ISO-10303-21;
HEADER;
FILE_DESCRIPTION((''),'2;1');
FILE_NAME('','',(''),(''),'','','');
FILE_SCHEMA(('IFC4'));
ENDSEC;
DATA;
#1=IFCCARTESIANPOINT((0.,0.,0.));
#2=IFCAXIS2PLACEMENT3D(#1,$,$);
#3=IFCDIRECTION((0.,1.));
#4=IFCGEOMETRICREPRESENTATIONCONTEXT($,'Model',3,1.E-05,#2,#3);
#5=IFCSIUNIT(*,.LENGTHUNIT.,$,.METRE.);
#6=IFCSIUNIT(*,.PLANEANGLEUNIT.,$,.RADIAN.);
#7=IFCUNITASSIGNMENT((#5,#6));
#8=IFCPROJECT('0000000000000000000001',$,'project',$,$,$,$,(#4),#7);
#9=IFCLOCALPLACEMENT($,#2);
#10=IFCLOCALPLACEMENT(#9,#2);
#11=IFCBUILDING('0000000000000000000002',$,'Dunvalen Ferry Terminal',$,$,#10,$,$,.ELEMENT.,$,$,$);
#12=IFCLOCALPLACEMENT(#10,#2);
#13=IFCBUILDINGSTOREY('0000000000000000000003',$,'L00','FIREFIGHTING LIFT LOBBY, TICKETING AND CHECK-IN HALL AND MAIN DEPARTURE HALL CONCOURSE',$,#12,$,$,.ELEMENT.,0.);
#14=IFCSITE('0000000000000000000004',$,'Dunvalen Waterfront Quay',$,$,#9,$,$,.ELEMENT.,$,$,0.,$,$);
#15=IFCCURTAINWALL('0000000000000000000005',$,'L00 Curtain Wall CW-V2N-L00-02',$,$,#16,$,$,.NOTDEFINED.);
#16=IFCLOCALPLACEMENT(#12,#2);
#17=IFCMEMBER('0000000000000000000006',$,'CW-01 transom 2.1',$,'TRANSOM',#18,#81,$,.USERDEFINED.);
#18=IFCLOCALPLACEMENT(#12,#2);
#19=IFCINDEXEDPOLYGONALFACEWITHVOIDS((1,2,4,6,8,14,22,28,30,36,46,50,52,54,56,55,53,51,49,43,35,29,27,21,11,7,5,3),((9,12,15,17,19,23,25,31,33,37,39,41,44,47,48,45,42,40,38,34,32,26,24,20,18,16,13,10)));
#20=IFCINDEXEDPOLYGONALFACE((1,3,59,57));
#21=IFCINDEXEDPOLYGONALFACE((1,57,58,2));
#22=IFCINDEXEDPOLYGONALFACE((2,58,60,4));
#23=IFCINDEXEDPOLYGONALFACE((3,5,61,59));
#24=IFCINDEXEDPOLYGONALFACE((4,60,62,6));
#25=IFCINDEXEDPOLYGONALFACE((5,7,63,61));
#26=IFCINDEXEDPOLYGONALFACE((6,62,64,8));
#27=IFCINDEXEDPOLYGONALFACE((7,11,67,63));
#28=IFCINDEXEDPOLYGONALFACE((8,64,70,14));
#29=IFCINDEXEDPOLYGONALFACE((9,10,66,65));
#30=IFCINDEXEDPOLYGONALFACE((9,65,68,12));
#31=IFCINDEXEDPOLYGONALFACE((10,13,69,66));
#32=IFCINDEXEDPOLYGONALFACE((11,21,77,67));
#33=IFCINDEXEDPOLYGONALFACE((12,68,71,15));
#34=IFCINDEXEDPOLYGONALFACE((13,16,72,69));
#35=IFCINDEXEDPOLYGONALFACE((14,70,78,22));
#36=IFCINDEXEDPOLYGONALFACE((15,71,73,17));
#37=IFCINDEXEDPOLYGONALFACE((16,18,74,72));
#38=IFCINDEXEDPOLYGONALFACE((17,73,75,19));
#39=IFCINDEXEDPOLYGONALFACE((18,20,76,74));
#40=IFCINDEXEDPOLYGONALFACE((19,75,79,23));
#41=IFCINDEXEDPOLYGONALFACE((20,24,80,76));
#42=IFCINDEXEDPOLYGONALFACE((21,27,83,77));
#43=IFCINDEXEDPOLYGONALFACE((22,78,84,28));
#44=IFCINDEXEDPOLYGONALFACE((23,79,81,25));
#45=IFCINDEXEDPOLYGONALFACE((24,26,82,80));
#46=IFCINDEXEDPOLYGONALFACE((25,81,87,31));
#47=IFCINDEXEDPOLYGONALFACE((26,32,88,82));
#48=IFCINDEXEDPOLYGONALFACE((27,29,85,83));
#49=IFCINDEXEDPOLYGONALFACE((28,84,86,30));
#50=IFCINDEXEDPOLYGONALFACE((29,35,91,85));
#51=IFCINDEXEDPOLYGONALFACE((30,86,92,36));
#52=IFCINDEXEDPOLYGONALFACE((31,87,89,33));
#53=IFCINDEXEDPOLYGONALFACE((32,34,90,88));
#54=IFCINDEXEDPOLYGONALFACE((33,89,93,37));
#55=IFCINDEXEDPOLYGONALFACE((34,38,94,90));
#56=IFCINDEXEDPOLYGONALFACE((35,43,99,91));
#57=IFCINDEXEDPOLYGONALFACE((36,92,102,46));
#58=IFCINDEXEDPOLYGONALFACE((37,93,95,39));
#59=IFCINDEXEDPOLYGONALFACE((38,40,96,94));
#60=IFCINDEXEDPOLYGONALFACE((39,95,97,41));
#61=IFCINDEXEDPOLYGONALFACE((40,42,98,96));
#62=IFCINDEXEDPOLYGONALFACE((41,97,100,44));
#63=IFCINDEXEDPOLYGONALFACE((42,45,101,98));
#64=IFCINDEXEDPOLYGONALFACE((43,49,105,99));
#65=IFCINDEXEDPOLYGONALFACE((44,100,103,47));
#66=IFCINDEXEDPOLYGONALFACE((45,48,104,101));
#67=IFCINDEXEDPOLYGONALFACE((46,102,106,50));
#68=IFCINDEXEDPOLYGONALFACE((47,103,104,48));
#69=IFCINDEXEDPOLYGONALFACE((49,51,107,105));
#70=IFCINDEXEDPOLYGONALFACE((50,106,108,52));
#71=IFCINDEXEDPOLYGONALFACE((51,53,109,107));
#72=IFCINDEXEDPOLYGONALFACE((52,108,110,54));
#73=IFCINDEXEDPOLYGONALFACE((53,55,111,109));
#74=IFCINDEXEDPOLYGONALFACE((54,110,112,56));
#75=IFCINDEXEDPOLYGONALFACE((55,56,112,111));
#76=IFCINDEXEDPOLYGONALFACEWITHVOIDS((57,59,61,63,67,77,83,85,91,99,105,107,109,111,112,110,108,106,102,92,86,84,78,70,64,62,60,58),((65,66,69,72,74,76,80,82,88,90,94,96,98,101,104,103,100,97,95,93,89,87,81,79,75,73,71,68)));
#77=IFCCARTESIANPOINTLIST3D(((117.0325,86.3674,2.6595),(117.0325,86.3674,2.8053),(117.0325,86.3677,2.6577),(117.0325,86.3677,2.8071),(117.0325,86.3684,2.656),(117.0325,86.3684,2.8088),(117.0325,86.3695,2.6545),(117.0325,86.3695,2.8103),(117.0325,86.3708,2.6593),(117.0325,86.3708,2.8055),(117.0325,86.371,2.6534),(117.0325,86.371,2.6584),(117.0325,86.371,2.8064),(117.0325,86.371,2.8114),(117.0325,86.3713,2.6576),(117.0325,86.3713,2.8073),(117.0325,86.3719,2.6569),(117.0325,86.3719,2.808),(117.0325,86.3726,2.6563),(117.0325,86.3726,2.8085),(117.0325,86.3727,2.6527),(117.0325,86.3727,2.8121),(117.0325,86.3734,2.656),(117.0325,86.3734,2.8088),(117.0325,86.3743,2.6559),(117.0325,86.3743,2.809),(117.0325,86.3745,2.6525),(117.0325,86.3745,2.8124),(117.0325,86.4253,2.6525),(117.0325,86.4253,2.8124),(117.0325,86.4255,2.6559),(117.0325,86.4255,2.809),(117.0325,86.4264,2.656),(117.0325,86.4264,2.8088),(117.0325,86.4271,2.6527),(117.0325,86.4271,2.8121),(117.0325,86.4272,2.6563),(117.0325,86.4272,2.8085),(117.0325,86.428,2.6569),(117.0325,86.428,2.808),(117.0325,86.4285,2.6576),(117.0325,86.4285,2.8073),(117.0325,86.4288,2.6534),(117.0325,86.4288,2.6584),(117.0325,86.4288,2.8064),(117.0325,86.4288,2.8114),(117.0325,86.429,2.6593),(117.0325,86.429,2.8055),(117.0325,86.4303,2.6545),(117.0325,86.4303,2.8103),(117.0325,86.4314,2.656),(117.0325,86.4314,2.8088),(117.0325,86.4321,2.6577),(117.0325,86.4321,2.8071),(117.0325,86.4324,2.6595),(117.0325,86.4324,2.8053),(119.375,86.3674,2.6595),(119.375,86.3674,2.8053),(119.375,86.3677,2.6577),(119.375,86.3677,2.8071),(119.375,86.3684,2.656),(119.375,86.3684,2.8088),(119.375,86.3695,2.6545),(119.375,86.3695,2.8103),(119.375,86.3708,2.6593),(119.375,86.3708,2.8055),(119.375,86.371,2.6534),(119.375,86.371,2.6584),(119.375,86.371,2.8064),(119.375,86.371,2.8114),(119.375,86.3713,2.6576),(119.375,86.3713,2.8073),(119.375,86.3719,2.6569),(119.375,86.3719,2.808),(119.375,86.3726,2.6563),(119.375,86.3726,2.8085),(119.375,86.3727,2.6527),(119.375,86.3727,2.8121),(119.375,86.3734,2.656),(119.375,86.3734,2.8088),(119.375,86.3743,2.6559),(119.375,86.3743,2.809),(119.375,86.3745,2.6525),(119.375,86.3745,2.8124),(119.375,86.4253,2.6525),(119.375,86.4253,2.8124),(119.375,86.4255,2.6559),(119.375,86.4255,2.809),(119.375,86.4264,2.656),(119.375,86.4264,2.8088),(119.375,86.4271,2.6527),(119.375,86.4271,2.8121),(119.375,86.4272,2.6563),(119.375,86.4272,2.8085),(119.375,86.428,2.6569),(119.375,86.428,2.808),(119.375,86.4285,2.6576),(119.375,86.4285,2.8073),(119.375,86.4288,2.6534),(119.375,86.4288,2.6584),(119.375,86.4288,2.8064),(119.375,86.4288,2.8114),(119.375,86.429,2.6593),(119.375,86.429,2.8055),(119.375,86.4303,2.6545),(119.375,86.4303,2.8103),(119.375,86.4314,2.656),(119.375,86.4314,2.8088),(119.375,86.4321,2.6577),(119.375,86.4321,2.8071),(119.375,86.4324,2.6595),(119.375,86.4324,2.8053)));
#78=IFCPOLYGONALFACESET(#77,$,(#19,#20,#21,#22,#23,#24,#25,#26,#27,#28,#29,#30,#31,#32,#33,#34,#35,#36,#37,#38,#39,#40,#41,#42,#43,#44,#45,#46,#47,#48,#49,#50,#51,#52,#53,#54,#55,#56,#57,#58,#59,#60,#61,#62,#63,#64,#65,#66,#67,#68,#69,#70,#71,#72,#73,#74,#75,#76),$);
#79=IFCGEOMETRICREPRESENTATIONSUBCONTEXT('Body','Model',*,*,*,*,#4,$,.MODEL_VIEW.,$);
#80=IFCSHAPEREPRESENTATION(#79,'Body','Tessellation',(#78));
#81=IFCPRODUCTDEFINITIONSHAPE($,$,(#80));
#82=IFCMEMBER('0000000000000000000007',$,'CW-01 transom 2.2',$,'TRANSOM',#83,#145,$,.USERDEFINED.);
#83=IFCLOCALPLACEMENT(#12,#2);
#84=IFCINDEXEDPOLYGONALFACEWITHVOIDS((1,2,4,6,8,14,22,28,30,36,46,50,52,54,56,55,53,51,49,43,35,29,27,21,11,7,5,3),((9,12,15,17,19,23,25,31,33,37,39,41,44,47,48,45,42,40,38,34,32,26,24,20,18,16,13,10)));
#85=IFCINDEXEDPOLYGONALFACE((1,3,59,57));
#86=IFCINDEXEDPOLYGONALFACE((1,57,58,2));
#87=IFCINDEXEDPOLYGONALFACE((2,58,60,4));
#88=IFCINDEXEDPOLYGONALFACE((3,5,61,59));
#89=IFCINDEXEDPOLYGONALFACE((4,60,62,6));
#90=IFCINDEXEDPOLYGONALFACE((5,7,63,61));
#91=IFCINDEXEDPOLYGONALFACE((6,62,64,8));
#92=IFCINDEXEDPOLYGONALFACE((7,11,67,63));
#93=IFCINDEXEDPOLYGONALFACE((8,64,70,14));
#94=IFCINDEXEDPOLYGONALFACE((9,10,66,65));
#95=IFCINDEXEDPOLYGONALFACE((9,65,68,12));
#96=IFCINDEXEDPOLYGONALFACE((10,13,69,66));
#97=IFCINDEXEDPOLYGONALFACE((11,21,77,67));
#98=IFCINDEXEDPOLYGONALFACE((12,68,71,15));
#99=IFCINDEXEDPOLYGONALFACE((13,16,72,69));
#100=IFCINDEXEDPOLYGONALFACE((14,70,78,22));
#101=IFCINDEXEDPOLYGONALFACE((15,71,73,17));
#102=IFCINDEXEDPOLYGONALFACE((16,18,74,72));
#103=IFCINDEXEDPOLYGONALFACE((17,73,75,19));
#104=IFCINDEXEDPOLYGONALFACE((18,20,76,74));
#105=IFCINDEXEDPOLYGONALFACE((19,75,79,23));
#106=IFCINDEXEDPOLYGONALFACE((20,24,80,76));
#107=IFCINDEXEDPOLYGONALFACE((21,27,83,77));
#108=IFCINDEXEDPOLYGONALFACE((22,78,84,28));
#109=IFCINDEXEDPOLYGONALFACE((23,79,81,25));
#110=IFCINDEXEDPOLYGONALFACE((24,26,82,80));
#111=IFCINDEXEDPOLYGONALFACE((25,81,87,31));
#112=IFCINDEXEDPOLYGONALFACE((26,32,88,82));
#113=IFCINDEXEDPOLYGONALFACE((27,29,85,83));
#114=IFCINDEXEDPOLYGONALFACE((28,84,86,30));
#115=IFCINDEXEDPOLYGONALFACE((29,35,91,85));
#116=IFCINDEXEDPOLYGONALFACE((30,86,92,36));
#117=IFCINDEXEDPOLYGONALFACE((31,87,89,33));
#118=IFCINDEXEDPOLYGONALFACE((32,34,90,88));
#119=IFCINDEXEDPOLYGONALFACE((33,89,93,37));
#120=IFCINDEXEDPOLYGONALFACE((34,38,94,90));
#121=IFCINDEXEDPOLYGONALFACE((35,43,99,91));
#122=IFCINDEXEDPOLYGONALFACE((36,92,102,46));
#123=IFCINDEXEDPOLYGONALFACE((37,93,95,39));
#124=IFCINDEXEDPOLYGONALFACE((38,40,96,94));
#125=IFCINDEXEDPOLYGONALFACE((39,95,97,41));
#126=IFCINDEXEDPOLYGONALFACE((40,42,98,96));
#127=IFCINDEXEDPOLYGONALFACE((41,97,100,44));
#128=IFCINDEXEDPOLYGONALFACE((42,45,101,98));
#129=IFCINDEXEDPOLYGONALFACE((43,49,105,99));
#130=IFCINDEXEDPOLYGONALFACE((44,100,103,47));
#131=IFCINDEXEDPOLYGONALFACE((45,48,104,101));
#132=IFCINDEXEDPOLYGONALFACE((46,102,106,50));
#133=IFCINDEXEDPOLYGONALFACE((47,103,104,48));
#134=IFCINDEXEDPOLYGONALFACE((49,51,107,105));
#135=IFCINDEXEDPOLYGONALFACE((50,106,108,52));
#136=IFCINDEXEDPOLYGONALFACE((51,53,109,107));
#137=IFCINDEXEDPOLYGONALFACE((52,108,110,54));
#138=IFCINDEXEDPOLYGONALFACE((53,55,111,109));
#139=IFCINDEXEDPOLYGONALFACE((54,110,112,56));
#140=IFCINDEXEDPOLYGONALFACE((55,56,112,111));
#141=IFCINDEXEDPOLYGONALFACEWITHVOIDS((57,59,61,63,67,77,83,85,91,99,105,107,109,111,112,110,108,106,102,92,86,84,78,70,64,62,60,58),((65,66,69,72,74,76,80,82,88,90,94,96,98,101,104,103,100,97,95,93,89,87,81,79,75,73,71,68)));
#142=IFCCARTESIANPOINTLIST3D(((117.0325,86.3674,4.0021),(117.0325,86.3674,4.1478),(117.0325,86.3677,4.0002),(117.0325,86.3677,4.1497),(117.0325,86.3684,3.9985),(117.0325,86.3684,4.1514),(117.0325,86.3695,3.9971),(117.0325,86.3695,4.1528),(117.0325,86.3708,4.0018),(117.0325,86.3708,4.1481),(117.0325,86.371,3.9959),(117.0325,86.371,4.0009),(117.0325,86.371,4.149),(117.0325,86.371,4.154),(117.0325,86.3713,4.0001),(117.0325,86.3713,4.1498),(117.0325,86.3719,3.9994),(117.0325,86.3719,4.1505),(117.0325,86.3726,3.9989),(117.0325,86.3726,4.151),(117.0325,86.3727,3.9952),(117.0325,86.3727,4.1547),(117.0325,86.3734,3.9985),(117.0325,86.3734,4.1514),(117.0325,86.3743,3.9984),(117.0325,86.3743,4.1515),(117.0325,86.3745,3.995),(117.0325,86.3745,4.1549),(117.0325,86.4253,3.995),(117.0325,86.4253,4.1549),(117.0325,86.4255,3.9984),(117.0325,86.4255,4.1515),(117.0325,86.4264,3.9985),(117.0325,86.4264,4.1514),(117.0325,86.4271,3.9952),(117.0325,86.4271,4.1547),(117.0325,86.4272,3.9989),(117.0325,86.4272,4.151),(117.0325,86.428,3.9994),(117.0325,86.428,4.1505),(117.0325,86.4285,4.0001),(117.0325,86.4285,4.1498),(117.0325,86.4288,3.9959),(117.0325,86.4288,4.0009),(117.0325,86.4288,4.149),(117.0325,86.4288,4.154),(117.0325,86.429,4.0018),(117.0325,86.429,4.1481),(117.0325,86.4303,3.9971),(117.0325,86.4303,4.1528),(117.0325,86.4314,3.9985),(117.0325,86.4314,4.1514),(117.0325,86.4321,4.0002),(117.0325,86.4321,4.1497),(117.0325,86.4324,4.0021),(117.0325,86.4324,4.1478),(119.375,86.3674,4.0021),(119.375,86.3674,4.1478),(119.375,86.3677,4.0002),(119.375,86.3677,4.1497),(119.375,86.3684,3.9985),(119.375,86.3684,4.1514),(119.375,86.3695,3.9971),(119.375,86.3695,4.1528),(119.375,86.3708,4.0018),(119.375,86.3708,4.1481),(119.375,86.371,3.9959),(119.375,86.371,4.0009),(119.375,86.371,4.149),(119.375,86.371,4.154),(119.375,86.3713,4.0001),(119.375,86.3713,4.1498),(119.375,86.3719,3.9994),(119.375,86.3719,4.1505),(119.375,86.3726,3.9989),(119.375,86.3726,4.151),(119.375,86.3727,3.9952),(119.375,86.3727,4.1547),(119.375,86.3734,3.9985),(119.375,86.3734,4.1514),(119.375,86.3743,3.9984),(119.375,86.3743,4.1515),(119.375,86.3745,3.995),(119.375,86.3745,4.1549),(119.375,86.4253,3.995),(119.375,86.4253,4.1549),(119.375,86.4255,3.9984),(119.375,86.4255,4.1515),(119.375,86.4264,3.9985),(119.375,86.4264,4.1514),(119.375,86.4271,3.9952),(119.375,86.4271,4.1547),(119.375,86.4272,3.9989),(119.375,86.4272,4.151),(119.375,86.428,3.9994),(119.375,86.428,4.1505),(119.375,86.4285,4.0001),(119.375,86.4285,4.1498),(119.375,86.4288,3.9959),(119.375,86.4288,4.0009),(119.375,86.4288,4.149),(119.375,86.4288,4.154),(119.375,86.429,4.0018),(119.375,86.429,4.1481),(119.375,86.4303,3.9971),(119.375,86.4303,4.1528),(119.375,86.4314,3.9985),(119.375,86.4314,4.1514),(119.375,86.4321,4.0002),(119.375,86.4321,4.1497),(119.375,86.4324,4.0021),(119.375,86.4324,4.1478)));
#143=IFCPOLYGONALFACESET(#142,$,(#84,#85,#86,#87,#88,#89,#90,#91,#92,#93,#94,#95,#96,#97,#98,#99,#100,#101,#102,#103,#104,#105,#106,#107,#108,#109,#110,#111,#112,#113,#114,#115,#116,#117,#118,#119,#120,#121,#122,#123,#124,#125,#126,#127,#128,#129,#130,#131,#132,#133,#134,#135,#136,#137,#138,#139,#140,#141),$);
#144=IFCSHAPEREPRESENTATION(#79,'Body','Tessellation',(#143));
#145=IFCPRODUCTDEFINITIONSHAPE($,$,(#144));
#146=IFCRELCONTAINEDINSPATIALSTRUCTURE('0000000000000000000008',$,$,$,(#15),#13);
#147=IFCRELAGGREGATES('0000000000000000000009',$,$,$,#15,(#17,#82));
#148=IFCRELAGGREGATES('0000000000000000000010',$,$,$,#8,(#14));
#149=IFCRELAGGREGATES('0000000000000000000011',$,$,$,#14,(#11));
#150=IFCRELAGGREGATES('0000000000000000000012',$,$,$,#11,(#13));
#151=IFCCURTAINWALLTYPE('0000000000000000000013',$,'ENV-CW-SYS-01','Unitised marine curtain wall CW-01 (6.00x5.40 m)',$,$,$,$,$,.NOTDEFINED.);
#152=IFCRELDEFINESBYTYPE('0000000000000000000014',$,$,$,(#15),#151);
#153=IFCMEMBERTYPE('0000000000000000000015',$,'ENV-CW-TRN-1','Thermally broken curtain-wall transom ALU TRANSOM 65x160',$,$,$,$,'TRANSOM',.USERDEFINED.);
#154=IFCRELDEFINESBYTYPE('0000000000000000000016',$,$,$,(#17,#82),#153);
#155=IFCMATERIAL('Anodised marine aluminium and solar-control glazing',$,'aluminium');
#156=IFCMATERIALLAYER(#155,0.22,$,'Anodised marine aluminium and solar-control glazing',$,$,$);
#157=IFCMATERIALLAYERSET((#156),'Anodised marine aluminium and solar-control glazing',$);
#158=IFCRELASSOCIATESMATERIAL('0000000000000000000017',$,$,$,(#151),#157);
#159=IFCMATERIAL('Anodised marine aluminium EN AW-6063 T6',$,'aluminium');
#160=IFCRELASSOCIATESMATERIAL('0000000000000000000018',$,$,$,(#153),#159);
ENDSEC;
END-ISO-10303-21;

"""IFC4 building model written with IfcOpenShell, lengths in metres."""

from ifc_helpers import new_model, si_unit, direction, frame, origin, origin_2d, place, context, subcontext, project, spatial, hollow_rectangle, extrude, material, layer, layer_set, material_profile, profile_set, type_object, element, aggregate, save


model = new_model("IFC4")

# Units and contexts
model_context = context("Model", 3, precision=1e-05, world=origin(), true_north=direction((0.0, 1.0)))
body_context = subcontext(model_context, "Body", "Model", "MODEL_VIEW")
ifc_project = project(units=[si_unit("LENGTHUNIT", "METRE"), si_unit("PLANEANGLEUNIT", "RADIAN")], contexts=[model_context])

# Site, building, storey
site_placement = place(None, origin())
site = spatial("IfcSite", under=ifc_project, at=site_placement, Name="Dunvalen Waterfront Quay", CompositionType="ELEMENT", RefElevation=0.0)
building_placement = place(site_placement, origin())
building = spatial("IfcBuilding", under=site, at=building_placement, Name="Dunvalen Ferry Terminal", CompositionType="ELEMENT")
storey_placement = place(building_placement, origin())
storey = spatial("IfcBuildingStorey", under=building, at=storey_placement, Name="L00", Description="FIREFIGHTING LIFT LOBBY, TICKETING AND CHECK-IN HALL AND MAIN DEPARTURE HALL CONCOURSE", CompositionType="ELEMENT", Elevation=0.0)

# Curtain wall
ifc_material_1 = material(Name="Anodised marine aluminium and solar-control glazing", Category="aluminium")
ifc_layer_1 = layer(ifc_material_1, 0.22, Name="Anodised marine aluminium and solar-control glazing")
ifc_layer_set_1 = layer_set([ifc_layer_1], Name="Anodised marine aluminium and solar-control glazing")
curtain_wall_type = type_object("IfcCurtainWallType", Name="ENV-CW-SYS-01", Description="Unitised marine curtain wall CW-01 (6.00x5.40 m)", PredefinedType="NOTDEFINED", material=ifc_layer_set_1)
curtain_wall_1_placement = place(storey_placement, origin())
curtain_wall_1 = element("IfcCurtainWall", 1, at=curtain_wall_1_placement, inside=storey, type_object=curtain_wall_type, Name="L00 Curtain Wall CW-V2N-L00-02", PredefinedType="NOTDEFINED")
ifc_material_2 = material(Name="Anodised marine aluminium EN AW-6063 T6", Category="aluminium")

# Members
ifc_material_profile_1 = material_profile(ifc_material_2, hollow_rectangle(XDim=0.0649, YDim=0.1599, WallThickness=0.0034, InnerFilletRadius=0.0034, OuterFilletRadius=0.0071, at=origin_2d()), Name="Anodised marine aluminium EN AW-6063 T6")
ifc_profile_set_1 = profile_set([ifc_material_profile_1], Name="Anodised marine aluminium EN AW-6063 T6")
member_type_1 = type_object("IfcMemberType", Name="ENV-CW-TRN-1", Description="Thermally broken curtain-wall transom ALU TRANSOM 65x160", ElementType="TRANSOM", PredefinedType="USERDEFINED", material=ifc_profile_set_1)
member_1_placement = place(storey_placement, frame((117.0325, 86.3999, 2.7324), z_axis=(1.0, 0.0, 0.0), x_axis=(0.0, 1.0, 0.0)))
member_1 = element("IfcMember", 2, at=member_1_placement, type_object=member_type_1, Name="CW-01 transom 2.1", ObjectType="TRANSOM", PredefinedType="USERDEFINED", context=body_context, shape_type="SweptSolid", body=[
    extrude(hollow_rectangle(XDim=0.0649, YDim=0.1599, WallThickness=0.0034, InnerFilletRadius=0.0034, OuterFilletRadius=0.0071, at=origin_2d()), origin(), (0.0, 0.0, 1.0), 2.3425),
])
member_2_placement = place(storey_placement, frame((117.0325, 86.3999, 4.075), z_axis=(1.0, 0.0, 0.0), x_axis=(0.0, 1.0, 0.0)))
member_2 = element("IfcMember", 3, at=member_2_placement, type_object=member_type_1, Name="CW-01 transom 2.2", ObjectType="TRANSOM", PredefinedType="USERDEFINED", context=body_context, shape_type="SweptSolid", body=[
    extrude(hollow_rectangle(XDim=0.0649, YDim=0.1599, WallThickness=0.0034, InnerFilletRadius=0.0034, OuterFilletRadius=0.0071, at=origin_2d()), origin(), (0.0, 0.0, 1.0), 2.3425),
])

aggregate(curtain_wall_1, [member_1, member_2])

save(model, "model.ifc")
